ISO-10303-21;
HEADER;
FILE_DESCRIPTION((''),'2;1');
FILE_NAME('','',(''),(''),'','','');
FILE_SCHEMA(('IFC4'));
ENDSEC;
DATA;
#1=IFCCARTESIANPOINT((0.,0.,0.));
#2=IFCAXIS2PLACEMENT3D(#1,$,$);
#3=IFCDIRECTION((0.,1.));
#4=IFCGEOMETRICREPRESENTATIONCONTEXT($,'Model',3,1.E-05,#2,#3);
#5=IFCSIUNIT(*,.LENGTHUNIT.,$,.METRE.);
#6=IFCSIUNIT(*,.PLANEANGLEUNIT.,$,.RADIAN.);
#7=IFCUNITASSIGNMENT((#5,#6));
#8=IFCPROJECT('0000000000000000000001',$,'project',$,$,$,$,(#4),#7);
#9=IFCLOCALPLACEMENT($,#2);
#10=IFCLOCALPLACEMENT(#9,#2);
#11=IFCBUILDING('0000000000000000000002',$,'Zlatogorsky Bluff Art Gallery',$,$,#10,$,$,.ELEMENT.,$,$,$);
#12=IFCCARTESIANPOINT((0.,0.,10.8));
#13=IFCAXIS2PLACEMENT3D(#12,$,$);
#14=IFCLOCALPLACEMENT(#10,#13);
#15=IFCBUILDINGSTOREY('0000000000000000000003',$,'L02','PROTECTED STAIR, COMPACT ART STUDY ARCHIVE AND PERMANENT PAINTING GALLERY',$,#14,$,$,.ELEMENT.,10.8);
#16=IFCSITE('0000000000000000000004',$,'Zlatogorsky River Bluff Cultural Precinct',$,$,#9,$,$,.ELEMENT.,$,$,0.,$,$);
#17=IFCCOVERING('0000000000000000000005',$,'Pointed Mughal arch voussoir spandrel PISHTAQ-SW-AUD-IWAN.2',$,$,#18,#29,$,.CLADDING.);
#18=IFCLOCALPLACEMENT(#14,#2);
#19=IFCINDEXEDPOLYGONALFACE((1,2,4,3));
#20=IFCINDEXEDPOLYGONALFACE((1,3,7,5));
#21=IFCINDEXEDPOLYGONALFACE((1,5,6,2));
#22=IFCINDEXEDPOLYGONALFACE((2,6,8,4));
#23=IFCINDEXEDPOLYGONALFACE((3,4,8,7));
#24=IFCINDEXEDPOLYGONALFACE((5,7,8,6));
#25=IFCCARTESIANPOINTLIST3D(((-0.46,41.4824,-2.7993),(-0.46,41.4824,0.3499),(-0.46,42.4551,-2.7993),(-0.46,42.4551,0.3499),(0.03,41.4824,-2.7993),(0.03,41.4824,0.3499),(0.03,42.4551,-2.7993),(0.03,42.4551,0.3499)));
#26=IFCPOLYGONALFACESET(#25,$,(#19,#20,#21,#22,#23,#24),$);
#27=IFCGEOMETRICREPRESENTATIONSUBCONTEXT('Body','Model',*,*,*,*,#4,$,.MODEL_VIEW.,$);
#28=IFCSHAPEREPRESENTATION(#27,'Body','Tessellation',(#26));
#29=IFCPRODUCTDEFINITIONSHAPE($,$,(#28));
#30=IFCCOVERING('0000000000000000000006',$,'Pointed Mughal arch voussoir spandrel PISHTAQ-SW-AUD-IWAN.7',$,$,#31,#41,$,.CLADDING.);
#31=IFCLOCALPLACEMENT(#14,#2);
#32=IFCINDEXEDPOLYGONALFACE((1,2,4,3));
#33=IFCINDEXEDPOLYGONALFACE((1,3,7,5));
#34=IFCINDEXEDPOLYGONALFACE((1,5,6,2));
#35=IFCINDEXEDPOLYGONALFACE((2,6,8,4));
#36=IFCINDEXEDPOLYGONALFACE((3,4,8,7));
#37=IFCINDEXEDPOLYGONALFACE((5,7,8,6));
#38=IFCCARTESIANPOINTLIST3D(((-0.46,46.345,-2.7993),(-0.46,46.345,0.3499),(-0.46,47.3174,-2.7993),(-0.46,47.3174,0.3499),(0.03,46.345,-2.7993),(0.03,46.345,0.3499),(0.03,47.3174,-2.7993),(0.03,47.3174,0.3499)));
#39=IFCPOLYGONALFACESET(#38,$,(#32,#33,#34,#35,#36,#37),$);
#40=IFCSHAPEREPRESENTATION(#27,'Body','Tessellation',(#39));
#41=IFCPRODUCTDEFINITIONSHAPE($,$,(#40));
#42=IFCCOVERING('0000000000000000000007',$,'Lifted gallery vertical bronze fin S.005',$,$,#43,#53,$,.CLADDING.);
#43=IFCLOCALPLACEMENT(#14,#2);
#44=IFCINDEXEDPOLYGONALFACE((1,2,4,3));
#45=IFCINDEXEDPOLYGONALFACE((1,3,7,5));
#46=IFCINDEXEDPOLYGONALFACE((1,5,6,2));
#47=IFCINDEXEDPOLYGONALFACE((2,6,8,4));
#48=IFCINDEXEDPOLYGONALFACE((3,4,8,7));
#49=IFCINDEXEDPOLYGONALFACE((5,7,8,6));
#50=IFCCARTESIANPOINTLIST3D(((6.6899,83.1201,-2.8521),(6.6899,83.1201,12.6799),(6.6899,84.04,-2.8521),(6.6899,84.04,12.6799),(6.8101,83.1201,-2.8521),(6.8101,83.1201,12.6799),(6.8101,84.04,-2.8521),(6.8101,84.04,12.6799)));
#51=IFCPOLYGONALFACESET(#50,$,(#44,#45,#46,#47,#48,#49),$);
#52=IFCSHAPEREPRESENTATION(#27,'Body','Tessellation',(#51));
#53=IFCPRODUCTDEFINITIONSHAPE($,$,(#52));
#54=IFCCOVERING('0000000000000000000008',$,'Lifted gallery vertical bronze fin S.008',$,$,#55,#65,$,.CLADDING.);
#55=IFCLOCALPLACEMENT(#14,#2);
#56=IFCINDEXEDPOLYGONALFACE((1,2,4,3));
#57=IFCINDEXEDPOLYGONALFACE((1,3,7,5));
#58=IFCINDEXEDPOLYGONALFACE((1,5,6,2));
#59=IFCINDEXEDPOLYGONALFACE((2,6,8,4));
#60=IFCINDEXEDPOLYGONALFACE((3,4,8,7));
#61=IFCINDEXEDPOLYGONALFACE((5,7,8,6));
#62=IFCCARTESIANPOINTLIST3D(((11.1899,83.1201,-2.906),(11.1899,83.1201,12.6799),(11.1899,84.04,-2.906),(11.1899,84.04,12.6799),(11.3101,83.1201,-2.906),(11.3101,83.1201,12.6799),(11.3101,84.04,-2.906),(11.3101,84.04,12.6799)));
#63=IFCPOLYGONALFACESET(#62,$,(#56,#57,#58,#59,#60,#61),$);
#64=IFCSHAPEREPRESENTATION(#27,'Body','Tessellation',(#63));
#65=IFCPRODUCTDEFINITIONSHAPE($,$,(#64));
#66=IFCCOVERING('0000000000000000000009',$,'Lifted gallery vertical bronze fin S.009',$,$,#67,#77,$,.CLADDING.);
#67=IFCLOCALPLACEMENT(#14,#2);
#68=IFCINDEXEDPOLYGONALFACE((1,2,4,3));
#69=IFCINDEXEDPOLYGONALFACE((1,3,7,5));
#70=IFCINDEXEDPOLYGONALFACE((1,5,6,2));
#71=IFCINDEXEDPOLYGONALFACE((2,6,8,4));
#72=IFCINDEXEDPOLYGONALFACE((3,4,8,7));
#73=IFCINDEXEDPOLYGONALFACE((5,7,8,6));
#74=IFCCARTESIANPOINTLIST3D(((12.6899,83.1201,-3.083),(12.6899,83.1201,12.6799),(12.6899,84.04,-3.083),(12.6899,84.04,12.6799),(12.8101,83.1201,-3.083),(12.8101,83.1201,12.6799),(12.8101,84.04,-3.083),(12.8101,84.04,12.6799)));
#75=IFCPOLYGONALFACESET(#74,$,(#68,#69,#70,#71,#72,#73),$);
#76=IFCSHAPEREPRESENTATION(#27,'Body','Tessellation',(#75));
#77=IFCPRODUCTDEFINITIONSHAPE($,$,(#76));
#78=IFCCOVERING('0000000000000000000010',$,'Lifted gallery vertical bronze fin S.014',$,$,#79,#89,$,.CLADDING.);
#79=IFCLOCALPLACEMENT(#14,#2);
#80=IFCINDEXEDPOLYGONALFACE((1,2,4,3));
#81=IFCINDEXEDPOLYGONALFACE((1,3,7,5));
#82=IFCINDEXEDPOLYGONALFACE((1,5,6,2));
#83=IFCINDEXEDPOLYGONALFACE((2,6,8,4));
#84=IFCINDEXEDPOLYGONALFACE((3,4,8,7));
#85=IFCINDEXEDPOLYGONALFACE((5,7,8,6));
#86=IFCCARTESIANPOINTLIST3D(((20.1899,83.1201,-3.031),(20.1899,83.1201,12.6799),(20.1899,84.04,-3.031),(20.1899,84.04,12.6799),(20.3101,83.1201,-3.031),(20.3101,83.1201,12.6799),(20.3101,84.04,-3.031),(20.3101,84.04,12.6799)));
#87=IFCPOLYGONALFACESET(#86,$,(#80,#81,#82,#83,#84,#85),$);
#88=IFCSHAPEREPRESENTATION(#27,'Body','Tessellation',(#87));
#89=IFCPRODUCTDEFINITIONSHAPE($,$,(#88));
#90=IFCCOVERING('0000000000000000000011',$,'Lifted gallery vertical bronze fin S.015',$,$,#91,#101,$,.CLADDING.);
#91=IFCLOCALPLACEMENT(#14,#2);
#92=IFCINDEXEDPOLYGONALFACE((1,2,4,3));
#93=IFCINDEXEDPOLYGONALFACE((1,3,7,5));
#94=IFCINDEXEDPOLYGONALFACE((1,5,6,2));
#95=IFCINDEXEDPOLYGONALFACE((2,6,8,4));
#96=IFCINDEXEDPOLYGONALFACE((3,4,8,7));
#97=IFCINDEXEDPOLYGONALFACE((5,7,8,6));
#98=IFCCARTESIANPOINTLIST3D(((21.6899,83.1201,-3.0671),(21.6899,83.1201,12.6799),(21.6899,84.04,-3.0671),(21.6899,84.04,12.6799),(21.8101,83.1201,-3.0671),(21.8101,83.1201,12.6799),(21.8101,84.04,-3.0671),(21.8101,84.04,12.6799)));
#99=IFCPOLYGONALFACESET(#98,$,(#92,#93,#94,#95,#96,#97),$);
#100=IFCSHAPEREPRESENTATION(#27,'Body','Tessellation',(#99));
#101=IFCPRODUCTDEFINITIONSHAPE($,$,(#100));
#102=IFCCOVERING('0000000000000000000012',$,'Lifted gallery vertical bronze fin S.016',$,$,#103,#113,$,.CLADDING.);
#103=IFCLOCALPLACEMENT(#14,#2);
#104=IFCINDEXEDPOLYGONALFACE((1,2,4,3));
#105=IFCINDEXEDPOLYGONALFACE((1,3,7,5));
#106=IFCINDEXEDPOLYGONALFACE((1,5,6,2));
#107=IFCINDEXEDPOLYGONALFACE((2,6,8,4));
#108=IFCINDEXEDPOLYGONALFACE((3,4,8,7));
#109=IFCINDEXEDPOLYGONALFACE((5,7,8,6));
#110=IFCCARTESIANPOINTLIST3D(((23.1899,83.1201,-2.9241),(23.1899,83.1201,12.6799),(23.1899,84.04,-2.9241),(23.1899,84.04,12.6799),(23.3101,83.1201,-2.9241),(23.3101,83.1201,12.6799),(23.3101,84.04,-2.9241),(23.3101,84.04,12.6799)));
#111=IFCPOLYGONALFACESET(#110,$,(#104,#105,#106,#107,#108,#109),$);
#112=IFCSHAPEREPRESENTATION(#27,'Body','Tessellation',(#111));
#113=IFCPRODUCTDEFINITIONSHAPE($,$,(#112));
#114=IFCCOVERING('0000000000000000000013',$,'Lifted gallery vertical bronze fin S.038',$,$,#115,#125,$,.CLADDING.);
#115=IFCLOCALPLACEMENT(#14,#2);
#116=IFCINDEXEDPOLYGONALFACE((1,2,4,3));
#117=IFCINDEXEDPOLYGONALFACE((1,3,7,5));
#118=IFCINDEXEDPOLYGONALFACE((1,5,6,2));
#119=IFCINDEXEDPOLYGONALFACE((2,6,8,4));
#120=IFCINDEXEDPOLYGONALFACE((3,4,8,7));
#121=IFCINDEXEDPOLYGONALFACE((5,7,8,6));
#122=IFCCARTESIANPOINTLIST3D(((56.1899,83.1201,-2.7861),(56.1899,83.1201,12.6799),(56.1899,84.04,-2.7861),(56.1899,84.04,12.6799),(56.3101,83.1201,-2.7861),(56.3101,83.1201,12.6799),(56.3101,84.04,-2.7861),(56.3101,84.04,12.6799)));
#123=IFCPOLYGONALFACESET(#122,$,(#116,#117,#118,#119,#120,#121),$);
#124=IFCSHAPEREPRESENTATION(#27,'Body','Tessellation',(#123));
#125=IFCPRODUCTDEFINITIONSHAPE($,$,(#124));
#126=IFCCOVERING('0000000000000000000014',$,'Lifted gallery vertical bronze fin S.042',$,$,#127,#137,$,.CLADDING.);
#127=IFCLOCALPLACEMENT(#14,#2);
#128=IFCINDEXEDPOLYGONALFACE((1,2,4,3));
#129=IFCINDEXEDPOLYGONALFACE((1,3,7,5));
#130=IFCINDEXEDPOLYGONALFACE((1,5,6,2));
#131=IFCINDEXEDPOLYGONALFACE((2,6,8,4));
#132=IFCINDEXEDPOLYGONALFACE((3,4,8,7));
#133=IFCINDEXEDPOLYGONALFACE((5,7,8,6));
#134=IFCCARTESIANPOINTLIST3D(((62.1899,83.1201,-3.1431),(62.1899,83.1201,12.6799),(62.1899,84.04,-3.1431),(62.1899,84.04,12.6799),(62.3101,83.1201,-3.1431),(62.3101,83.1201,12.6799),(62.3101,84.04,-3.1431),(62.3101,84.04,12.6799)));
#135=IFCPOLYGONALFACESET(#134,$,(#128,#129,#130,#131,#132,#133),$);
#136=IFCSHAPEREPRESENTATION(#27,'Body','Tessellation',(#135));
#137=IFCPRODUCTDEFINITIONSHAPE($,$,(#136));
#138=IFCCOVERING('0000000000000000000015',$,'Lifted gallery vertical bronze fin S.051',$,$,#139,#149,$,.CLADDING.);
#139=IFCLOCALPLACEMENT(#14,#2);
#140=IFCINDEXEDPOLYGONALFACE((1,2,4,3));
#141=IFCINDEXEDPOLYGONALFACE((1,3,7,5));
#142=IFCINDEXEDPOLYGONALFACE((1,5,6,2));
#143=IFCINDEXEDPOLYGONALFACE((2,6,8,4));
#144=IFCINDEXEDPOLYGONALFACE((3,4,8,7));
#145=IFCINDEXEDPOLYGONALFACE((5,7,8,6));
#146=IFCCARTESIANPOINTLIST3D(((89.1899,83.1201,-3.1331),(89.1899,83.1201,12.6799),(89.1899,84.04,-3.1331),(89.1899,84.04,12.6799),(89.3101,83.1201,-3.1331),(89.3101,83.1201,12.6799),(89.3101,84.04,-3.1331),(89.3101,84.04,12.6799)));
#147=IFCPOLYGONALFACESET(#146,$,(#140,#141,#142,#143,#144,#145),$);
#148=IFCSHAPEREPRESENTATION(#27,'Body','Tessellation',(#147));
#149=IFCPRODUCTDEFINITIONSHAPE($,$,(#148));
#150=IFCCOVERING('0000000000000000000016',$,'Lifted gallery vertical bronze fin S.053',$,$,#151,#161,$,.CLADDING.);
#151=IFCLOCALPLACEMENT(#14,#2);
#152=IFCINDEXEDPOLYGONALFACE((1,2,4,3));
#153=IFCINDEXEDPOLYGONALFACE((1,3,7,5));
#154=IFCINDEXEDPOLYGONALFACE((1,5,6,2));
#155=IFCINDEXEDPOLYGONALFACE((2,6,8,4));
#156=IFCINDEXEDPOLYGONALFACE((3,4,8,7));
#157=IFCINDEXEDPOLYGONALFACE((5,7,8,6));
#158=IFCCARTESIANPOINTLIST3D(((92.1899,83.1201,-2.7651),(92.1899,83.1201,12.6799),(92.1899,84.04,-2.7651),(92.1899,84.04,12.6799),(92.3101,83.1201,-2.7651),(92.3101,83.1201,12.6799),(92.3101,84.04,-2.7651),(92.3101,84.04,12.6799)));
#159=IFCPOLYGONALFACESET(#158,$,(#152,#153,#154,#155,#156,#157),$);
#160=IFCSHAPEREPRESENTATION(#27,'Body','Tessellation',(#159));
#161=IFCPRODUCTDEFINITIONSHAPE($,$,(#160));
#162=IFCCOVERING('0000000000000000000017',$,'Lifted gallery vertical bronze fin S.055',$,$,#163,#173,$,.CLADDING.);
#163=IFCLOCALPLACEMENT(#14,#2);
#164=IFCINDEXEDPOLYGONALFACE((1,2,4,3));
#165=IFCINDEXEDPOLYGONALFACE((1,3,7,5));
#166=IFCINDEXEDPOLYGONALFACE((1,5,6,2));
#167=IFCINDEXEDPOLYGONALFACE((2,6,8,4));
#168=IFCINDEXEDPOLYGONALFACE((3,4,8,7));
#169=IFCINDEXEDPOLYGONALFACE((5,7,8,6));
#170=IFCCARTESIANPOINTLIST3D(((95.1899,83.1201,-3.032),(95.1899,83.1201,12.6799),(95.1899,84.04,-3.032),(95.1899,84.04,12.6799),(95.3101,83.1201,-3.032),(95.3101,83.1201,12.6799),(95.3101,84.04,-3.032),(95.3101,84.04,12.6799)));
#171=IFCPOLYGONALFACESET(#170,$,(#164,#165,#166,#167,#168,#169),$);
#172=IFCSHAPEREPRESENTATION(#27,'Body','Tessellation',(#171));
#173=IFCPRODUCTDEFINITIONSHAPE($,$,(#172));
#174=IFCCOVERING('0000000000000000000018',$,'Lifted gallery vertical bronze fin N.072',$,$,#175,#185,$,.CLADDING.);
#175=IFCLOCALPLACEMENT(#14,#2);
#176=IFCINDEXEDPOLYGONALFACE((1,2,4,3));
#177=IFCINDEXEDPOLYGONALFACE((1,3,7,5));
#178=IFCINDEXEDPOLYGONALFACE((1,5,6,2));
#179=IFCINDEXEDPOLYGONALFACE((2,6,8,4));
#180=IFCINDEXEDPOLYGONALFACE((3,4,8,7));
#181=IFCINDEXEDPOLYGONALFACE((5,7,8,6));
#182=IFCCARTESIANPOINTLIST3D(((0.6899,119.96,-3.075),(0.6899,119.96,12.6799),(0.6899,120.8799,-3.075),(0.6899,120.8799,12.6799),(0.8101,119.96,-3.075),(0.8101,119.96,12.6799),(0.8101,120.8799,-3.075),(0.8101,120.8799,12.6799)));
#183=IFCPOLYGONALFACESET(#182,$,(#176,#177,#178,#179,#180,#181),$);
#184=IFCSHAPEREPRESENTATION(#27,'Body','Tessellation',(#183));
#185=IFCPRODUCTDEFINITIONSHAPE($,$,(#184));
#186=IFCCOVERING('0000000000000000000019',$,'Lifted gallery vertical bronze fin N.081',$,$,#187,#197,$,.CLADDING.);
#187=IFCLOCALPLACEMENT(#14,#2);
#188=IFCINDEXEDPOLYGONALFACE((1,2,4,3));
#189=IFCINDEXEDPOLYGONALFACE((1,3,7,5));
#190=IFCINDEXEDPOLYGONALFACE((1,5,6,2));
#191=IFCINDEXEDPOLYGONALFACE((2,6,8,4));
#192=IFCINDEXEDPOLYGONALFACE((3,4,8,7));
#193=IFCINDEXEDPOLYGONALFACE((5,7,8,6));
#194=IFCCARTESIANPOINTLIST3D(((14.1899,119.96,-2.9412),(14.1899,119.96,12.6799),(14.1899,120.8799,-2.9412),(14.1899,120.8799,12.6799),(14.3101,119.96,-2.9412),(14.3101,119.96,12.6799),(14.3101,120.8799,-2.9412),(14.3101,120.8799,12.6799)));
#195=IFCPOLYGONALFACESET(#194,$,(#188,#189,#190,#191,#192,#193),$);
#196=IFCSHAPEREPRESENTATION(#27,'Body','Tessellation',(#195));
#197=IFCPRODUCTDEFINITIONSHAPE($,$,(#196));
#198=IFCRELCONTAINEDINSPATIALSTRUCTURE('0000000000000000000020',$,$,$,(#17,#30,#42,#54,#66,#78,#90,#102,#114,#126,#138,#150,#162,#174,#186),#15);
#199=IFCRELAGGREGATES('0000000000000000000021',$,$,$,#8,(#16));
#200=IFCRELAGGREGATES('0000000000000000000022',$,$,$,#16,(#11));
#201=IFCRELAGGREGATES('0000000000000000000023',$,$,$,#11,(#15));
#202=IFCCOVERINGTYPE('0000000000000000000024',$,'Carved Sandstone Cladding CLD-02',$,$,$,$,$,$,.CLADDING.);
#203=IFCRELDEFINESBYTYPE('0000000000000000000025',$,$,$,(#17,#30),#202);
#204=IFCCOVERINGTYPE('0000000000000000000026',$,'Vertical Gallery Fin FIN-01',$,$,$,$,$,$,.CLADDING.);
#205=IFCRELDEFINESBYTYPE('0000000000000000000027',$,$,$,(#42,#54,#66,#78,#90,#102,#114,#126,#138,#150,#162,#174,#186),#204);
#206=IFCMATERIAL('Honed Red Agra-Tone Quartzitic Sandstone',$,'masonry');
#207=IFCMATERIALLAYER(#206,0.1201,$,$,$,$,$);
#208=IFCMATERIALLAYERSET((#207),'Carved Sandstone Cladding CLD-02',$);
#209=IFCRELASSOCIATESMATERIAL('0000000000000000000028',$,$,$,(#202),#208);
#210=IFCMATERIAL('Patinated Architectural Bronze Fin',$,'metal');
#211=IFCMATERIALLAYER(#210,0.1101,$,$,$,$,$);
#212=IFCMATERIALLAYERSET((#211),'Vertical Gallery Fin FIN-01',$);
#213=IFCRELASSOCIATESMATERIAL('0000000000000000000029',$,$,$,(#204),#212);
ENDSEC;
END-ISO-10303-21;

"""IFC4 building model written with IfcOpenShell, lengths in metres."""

from ifc_helpers import new_model, si_unit, direction, frame, origin, place, context, subcontext, project, spatial, polyline, outline, extrude, material, layer, layer_set, type_object, element, save


model = new_model("IFC4")

# Units and contexts
model_context = context("Model", 3, precision=1e-05, world=origin(), true_north=direction((0.0, 1.0)))
body_context = subcontext(model_context, "Body", "Model", "MODEL_VIEW")
ifc_project = project(units=[si_unit("LENGTHUNIT", "METRE"), si_unit("PLANEANGLEUNIT", "RADIAN")], contexts=[model_context])

# Site, building, storey
site_placement = place(None, origin())
site = spatial("IfcSite", under=ifc_project, at=site_placement, Name="Zlatogorsky River Bluff Cultural Precinct", CompositionType="ELEMENT", RefElevation=0.0)
building_placement = place(site_placement, origin())
building = spatial("IfcBuilding", under=site, at=building_placement, Name="Zlatogorsky Bluff Art Gallery", CompositionType="ELEMENT")
storey_placement = place(building_placement, frame((0.0, 0.0, 10.8)))
storey = spatial("IfcBuildingStorey", under=building, at=storey_placement, Name="L02", Description="PROTECTED STAIR, COMPACT ART STUDY ARCHIVE AND PERMANENT PAINTING GALLERY", CompositionType="ELEMENT", Elevation=10.8)

# Coverings
ifc_material_1 = material(Name="Honed Red Agra-Tone Quartzitic Sandstone", Category="masonry")
ifc_layer_1 = layer(ifc_material_1, 0.1201)
ifc_layer_set_1 = layer_set([ifc_layer_1], Name="Carved Sandstone Cladding CLD-02")
covering_type_1 = type_object("IfcCoveringType", Name="Carved Sandstone Cladding CLD-02", PredefinedType="CLADDING", material=ifc_layer_set_1)
covering_1_placement = place(storey_placement, frame((0.0, 0.0, -2.7993)))
element("IfcCovering", 1, at=covering_1_placement, inside=storey, type_object=covering_type_1, Name="Pointed Mughal arch voussoir spandrel PISHTAQ-SW-AUD-IWAN.2", PredefinedType="CLADDING", context=body_context, shape_type="SweptSolid", body=[
    extrude(outline(polyline([(-0.46, 41.4824), (-0.46, 42.4551), (0.03, 42.4551), (0.03, 41.4824), (-0.46, 41.4824)])), origin(), (0.0, 0.0, 1.0), 3.1492),
])
covering_2_placement = place(storey_placement, frame((0.0, 0.0, -2.7993)))
element("IfcCovering", 2, at=covering_2_placement, inside=storey, type_object=covering_type_1, Name="Pointed Mughal arch voussoir spandrel PISHTAQ-SW-AUD-IWAN.7", PredefinedType="CLADDING", context=body_context, shape_type="SweptSolid", body=[
    extrude(outline(polyline([(-0.46, 46.345), (-0.46, 47.3174), (0.03, 47.3174), (0.03, 46.345), (-0.46, 46.345)])), origin(), (0.0, 0.0, 1.0), 3.1492),
])
ifc_material_2 = material(Name="Patinated Architectural Bronze Fin", Category="metal")
ifc_layer_2 = layer(ifc_material_2, 0.1101)
ifc_layer_set_2 = layer_set([ifc_layer_2], Name="Vertical Gallery Fin FIN-01")
covering_type_2 = type_object("IfcCoveringType", Name="Vertical Gallery Fin FIN-01", PredefinedType="CLADDING", material=ifc_layer_set_2)
covering_3_placement = place(storey_placement, frame((0.0, 0.0, -2.8521)))
element("IfcCovering", 3, at=covering_3_placement, inside=storey, type_object=covering_type_2, Name="Lifted gallery vertical bronze fin S.005", PredefinedType="CLADDING", context=body_context, shape_type="SweptSolid", body=[
    extrude(outline(polyline([(6.6899, 83.1201), (6.8101, 83.1201), (6.8101, 84.04), (6.6899, 84.04), (6.6899, 83.1201)])), origin(), (0.0, 0.0, 1.0), 15.532),
])
covering_4_placement = place(storey_placement, frame((0.0, 0.0, -2.906)))
element("IfcCovering", 4, at=covering_4_placement, inside=storey, type_object=covering_type_2, Name="Lifted gallery vertical bronze fin S.008", PredefinedType="CLADDING", context=body_context, shape_type="SweptSolid", body=[
    extrude(outline(polyline([(11.1899, 83.1201), (11.3101, 83.1201), (11.3101, 84.04), (11.1899, 84.04), (11.1899, 83.1201)])), origin(), (0.0, 0.0, 1.0), 15.5859),
])
covering_5_placement = place(storey_placement, frame((0.0, 0.0, -3.083)))
element("IfcCovering", 5, at=covering_5_placement, inside=storey, type_object=covering_type_2, Name="Lifted gallery vertical bronze fin S.009", PredefinedType="CLADDING", context=body_context, shape_type="SweptSolid", body=[
    extrude(outline(polyline([(12.6899, 83.1201), (12.8101, 83.1201), (12.8101, 84.04), (12.6899, 84.04), (12.6899, 83.1201)])), origin(), (0.0, 0.0, 1.0), 15.7629),
])
covering_6_placement = place(storey_placement, frame((0.0, 0.0, -3.031)))
element("IfcCovering", 6, at=covering_6_placement, inside=storey, type_object=covering_type_2, Name="Lifted gallery vertical bronze fin S.014", PredefinedType="CLADDING", context=body_context, shape_type="SweptSolid", body=[
    extrude(outline(polyline([(20.1899, 83.1201), (20.3101, 83.1201), (20.3101, 84.04), (20.1899, 84.04), (20.1899, 83.1201)])), origin(), (0.0, 0.0, 1.0), 15.7109),
])
covering_7_placement = place(storey_placement, frame((0.0, 0.0, -3.0671)))
element("IfcCovering", 7, at=covering_7_placement, inside=storey, type_object=covering_type_2, Name="Lifted gallery vertical bronze fin S.015", PredefinedType="CLADDING", context=body_context, shape_type="SweptSolid", body=[
    extrude(outline(polyline([(21.6899, 83.1201), (21.8101, 83.1201), (21.8101, 84.04), (21.6899, 84.04), (21.6899, 83.1201)])), origin(), (0.0, 0.0, 1.0), 15.7471),
])
covering_8_placement = place(storey_placement, frame((0.0, 0.0, -2.9241)))
element("IfcCovering", 8, at=covering_8_placement, inside=storey, type_object=covering_type_2, Name="Lifted gallery vertical bronze fin S.016", PredefinedType="CLADDING", context=body_context, shape_type="SweptSolid", body=[
    extrude(outline(polyline([(23.1899, 83.1201), (23.3101, 83.1201), (23.3101, 84.04), (23.1899, 84.04), (23.1899, 83.1201)])), origin(), (0.0, 0.0, 1.0), 15.604),
])
covering_9_placement = place(storey_placement, frame((0.0, 0.0, -2.7861)))
element("IfcCovering", 9, at=covering_9_placement, inside=storey, type_object=covering_type_2, Name="Lifted gallery vertical bronze fin S.038", PredefinedType="CLADDING", context=body_context, shape_type="SweptSolid", body=[
    extrude(outline(polyline([(56.1899, 83.1201), (56.3101, 83.1201), (56.3101, 84.04), (56.1899, 84.04), (56.1899, 83.1201)])), origin(), (0.0, 0.0, 1.0), 15.4661),
])
covering_10_placement = place(storey_placement, frame((0.0, 0.0, -3.1431)))
element("IfcCovering", 10, at=covering_10_placement, inside=storey, type_object=covering_type_2, Name="Lifted gallery vertical bronze fin S.042", PredefinedType="CLADDING", context=body_context, shape_type="SweptSolid", body=[
    extrude(outline(polyline([(62.1899, 83.1201), (62.3101, 83.1201), (62.3101, 84.04), (62.1899, 84.04), (62.1899, 83.1201)])), origin(), (0.0, 0.0, 1.0), 15.823),
])
covering_11_placement = place(storey_placement, frame((0.0, 0.0, -3.1331)))
element("IfcCovering", 11, at=covering_11_placement, inside=storey, type_object=covering_type_2, Name="Lifted gallery vertical bronze fin S.051", PredefinedType="CLADDING", context=body_context, shape_type="SweptSolid", body=[
    extrude(outline(polyline([(89.1899, 83.1201), (89.3101, 83.1201), (89.3101, 84.04), (89.1899, 84.04), (89.1899, 83.1201)])), origin(), (0.0, 0.0, 1.0), 15.813),
])
covering_12_placement = place(storey_placement, frame((0.0, 0.0, -2.7651)))
element("IfcCovering", 12, at=covering_12_placement, inside=storey, type_object=covering_type_2, Name="Lifted gallery vertical bronze fin S.053", PredefinedType="CLADDING", context=body_context, shape_type="SweptSolid", body=[
    extrude(outline(polyline([(92.1899, 83.1201), (92.3101, 83.1201), (92.3101, 84.04), (92.1899, 84.04), (92.1899, 83.1201)])), origin(), (0.0, 0.0, 1.0), 15.4451),
])
covering_13_placement = place(storey_placement, frame((0.0, 0.0, -3.032)))
element("IfcCovering", 13, at=covering_13_placement, inside=storey, type_object=covering_type_2, Name="Lifted gallery vertical bronze fin S.055", PredefinedType="CLADDING", context=body_context, shape_type="SweptSolid", body=[
    extrude(outline(polyline([(95.1899, 83.1201), (95.3101, 83.1201), (95.3101, 84.04), (95.1899, 84.04), (95.1899, 83.1201)])), origin(), (0.0, 0.0, 1.0), 15.7119),
])
covering_14_placement = place(storey_placement, frame((0.0, 0.0, -3.075)))
element("IfcCovering", 14, at=covering_14_placement, inside=storey, type_object=covering_type_2, Name="Lifted gallery vertical bronze fin N.072", PredefinedType="CLADDING", context=body_context, shape_type="SweptSolid", body=[
    extrude(outline(polyline([(0.6899, 119.96), (0.8101, 119.96), (0.8101, 120.8799), (0.6899, 120.8799), (0.6899, 119.96)])), origin(), (0.0, 0.0, 1.0), 15.7549),
])
covering_15_placement = place(storey_placement, frame((0.0, 0.0, -2.9412)))
element("IfcCovering", 15, at=covering_15_placement, inside=storey, type_object=covering_type_2, Name="Lifted gallery vertical bronze fin N.081", PredefinedType="CLADDING", context=body_context, shape_type="SweptSolid", body=[
    extrude(outline(polyline([(14.1899, 119.96), (14.3101, 119.96), (14.3101, 120.8799), (14.1899, 120.8799), (14.1899, 119.96)])), origin(), (0.0, 0.0, 1.0), 15.6211),
])

save(model, "model.ifc")
